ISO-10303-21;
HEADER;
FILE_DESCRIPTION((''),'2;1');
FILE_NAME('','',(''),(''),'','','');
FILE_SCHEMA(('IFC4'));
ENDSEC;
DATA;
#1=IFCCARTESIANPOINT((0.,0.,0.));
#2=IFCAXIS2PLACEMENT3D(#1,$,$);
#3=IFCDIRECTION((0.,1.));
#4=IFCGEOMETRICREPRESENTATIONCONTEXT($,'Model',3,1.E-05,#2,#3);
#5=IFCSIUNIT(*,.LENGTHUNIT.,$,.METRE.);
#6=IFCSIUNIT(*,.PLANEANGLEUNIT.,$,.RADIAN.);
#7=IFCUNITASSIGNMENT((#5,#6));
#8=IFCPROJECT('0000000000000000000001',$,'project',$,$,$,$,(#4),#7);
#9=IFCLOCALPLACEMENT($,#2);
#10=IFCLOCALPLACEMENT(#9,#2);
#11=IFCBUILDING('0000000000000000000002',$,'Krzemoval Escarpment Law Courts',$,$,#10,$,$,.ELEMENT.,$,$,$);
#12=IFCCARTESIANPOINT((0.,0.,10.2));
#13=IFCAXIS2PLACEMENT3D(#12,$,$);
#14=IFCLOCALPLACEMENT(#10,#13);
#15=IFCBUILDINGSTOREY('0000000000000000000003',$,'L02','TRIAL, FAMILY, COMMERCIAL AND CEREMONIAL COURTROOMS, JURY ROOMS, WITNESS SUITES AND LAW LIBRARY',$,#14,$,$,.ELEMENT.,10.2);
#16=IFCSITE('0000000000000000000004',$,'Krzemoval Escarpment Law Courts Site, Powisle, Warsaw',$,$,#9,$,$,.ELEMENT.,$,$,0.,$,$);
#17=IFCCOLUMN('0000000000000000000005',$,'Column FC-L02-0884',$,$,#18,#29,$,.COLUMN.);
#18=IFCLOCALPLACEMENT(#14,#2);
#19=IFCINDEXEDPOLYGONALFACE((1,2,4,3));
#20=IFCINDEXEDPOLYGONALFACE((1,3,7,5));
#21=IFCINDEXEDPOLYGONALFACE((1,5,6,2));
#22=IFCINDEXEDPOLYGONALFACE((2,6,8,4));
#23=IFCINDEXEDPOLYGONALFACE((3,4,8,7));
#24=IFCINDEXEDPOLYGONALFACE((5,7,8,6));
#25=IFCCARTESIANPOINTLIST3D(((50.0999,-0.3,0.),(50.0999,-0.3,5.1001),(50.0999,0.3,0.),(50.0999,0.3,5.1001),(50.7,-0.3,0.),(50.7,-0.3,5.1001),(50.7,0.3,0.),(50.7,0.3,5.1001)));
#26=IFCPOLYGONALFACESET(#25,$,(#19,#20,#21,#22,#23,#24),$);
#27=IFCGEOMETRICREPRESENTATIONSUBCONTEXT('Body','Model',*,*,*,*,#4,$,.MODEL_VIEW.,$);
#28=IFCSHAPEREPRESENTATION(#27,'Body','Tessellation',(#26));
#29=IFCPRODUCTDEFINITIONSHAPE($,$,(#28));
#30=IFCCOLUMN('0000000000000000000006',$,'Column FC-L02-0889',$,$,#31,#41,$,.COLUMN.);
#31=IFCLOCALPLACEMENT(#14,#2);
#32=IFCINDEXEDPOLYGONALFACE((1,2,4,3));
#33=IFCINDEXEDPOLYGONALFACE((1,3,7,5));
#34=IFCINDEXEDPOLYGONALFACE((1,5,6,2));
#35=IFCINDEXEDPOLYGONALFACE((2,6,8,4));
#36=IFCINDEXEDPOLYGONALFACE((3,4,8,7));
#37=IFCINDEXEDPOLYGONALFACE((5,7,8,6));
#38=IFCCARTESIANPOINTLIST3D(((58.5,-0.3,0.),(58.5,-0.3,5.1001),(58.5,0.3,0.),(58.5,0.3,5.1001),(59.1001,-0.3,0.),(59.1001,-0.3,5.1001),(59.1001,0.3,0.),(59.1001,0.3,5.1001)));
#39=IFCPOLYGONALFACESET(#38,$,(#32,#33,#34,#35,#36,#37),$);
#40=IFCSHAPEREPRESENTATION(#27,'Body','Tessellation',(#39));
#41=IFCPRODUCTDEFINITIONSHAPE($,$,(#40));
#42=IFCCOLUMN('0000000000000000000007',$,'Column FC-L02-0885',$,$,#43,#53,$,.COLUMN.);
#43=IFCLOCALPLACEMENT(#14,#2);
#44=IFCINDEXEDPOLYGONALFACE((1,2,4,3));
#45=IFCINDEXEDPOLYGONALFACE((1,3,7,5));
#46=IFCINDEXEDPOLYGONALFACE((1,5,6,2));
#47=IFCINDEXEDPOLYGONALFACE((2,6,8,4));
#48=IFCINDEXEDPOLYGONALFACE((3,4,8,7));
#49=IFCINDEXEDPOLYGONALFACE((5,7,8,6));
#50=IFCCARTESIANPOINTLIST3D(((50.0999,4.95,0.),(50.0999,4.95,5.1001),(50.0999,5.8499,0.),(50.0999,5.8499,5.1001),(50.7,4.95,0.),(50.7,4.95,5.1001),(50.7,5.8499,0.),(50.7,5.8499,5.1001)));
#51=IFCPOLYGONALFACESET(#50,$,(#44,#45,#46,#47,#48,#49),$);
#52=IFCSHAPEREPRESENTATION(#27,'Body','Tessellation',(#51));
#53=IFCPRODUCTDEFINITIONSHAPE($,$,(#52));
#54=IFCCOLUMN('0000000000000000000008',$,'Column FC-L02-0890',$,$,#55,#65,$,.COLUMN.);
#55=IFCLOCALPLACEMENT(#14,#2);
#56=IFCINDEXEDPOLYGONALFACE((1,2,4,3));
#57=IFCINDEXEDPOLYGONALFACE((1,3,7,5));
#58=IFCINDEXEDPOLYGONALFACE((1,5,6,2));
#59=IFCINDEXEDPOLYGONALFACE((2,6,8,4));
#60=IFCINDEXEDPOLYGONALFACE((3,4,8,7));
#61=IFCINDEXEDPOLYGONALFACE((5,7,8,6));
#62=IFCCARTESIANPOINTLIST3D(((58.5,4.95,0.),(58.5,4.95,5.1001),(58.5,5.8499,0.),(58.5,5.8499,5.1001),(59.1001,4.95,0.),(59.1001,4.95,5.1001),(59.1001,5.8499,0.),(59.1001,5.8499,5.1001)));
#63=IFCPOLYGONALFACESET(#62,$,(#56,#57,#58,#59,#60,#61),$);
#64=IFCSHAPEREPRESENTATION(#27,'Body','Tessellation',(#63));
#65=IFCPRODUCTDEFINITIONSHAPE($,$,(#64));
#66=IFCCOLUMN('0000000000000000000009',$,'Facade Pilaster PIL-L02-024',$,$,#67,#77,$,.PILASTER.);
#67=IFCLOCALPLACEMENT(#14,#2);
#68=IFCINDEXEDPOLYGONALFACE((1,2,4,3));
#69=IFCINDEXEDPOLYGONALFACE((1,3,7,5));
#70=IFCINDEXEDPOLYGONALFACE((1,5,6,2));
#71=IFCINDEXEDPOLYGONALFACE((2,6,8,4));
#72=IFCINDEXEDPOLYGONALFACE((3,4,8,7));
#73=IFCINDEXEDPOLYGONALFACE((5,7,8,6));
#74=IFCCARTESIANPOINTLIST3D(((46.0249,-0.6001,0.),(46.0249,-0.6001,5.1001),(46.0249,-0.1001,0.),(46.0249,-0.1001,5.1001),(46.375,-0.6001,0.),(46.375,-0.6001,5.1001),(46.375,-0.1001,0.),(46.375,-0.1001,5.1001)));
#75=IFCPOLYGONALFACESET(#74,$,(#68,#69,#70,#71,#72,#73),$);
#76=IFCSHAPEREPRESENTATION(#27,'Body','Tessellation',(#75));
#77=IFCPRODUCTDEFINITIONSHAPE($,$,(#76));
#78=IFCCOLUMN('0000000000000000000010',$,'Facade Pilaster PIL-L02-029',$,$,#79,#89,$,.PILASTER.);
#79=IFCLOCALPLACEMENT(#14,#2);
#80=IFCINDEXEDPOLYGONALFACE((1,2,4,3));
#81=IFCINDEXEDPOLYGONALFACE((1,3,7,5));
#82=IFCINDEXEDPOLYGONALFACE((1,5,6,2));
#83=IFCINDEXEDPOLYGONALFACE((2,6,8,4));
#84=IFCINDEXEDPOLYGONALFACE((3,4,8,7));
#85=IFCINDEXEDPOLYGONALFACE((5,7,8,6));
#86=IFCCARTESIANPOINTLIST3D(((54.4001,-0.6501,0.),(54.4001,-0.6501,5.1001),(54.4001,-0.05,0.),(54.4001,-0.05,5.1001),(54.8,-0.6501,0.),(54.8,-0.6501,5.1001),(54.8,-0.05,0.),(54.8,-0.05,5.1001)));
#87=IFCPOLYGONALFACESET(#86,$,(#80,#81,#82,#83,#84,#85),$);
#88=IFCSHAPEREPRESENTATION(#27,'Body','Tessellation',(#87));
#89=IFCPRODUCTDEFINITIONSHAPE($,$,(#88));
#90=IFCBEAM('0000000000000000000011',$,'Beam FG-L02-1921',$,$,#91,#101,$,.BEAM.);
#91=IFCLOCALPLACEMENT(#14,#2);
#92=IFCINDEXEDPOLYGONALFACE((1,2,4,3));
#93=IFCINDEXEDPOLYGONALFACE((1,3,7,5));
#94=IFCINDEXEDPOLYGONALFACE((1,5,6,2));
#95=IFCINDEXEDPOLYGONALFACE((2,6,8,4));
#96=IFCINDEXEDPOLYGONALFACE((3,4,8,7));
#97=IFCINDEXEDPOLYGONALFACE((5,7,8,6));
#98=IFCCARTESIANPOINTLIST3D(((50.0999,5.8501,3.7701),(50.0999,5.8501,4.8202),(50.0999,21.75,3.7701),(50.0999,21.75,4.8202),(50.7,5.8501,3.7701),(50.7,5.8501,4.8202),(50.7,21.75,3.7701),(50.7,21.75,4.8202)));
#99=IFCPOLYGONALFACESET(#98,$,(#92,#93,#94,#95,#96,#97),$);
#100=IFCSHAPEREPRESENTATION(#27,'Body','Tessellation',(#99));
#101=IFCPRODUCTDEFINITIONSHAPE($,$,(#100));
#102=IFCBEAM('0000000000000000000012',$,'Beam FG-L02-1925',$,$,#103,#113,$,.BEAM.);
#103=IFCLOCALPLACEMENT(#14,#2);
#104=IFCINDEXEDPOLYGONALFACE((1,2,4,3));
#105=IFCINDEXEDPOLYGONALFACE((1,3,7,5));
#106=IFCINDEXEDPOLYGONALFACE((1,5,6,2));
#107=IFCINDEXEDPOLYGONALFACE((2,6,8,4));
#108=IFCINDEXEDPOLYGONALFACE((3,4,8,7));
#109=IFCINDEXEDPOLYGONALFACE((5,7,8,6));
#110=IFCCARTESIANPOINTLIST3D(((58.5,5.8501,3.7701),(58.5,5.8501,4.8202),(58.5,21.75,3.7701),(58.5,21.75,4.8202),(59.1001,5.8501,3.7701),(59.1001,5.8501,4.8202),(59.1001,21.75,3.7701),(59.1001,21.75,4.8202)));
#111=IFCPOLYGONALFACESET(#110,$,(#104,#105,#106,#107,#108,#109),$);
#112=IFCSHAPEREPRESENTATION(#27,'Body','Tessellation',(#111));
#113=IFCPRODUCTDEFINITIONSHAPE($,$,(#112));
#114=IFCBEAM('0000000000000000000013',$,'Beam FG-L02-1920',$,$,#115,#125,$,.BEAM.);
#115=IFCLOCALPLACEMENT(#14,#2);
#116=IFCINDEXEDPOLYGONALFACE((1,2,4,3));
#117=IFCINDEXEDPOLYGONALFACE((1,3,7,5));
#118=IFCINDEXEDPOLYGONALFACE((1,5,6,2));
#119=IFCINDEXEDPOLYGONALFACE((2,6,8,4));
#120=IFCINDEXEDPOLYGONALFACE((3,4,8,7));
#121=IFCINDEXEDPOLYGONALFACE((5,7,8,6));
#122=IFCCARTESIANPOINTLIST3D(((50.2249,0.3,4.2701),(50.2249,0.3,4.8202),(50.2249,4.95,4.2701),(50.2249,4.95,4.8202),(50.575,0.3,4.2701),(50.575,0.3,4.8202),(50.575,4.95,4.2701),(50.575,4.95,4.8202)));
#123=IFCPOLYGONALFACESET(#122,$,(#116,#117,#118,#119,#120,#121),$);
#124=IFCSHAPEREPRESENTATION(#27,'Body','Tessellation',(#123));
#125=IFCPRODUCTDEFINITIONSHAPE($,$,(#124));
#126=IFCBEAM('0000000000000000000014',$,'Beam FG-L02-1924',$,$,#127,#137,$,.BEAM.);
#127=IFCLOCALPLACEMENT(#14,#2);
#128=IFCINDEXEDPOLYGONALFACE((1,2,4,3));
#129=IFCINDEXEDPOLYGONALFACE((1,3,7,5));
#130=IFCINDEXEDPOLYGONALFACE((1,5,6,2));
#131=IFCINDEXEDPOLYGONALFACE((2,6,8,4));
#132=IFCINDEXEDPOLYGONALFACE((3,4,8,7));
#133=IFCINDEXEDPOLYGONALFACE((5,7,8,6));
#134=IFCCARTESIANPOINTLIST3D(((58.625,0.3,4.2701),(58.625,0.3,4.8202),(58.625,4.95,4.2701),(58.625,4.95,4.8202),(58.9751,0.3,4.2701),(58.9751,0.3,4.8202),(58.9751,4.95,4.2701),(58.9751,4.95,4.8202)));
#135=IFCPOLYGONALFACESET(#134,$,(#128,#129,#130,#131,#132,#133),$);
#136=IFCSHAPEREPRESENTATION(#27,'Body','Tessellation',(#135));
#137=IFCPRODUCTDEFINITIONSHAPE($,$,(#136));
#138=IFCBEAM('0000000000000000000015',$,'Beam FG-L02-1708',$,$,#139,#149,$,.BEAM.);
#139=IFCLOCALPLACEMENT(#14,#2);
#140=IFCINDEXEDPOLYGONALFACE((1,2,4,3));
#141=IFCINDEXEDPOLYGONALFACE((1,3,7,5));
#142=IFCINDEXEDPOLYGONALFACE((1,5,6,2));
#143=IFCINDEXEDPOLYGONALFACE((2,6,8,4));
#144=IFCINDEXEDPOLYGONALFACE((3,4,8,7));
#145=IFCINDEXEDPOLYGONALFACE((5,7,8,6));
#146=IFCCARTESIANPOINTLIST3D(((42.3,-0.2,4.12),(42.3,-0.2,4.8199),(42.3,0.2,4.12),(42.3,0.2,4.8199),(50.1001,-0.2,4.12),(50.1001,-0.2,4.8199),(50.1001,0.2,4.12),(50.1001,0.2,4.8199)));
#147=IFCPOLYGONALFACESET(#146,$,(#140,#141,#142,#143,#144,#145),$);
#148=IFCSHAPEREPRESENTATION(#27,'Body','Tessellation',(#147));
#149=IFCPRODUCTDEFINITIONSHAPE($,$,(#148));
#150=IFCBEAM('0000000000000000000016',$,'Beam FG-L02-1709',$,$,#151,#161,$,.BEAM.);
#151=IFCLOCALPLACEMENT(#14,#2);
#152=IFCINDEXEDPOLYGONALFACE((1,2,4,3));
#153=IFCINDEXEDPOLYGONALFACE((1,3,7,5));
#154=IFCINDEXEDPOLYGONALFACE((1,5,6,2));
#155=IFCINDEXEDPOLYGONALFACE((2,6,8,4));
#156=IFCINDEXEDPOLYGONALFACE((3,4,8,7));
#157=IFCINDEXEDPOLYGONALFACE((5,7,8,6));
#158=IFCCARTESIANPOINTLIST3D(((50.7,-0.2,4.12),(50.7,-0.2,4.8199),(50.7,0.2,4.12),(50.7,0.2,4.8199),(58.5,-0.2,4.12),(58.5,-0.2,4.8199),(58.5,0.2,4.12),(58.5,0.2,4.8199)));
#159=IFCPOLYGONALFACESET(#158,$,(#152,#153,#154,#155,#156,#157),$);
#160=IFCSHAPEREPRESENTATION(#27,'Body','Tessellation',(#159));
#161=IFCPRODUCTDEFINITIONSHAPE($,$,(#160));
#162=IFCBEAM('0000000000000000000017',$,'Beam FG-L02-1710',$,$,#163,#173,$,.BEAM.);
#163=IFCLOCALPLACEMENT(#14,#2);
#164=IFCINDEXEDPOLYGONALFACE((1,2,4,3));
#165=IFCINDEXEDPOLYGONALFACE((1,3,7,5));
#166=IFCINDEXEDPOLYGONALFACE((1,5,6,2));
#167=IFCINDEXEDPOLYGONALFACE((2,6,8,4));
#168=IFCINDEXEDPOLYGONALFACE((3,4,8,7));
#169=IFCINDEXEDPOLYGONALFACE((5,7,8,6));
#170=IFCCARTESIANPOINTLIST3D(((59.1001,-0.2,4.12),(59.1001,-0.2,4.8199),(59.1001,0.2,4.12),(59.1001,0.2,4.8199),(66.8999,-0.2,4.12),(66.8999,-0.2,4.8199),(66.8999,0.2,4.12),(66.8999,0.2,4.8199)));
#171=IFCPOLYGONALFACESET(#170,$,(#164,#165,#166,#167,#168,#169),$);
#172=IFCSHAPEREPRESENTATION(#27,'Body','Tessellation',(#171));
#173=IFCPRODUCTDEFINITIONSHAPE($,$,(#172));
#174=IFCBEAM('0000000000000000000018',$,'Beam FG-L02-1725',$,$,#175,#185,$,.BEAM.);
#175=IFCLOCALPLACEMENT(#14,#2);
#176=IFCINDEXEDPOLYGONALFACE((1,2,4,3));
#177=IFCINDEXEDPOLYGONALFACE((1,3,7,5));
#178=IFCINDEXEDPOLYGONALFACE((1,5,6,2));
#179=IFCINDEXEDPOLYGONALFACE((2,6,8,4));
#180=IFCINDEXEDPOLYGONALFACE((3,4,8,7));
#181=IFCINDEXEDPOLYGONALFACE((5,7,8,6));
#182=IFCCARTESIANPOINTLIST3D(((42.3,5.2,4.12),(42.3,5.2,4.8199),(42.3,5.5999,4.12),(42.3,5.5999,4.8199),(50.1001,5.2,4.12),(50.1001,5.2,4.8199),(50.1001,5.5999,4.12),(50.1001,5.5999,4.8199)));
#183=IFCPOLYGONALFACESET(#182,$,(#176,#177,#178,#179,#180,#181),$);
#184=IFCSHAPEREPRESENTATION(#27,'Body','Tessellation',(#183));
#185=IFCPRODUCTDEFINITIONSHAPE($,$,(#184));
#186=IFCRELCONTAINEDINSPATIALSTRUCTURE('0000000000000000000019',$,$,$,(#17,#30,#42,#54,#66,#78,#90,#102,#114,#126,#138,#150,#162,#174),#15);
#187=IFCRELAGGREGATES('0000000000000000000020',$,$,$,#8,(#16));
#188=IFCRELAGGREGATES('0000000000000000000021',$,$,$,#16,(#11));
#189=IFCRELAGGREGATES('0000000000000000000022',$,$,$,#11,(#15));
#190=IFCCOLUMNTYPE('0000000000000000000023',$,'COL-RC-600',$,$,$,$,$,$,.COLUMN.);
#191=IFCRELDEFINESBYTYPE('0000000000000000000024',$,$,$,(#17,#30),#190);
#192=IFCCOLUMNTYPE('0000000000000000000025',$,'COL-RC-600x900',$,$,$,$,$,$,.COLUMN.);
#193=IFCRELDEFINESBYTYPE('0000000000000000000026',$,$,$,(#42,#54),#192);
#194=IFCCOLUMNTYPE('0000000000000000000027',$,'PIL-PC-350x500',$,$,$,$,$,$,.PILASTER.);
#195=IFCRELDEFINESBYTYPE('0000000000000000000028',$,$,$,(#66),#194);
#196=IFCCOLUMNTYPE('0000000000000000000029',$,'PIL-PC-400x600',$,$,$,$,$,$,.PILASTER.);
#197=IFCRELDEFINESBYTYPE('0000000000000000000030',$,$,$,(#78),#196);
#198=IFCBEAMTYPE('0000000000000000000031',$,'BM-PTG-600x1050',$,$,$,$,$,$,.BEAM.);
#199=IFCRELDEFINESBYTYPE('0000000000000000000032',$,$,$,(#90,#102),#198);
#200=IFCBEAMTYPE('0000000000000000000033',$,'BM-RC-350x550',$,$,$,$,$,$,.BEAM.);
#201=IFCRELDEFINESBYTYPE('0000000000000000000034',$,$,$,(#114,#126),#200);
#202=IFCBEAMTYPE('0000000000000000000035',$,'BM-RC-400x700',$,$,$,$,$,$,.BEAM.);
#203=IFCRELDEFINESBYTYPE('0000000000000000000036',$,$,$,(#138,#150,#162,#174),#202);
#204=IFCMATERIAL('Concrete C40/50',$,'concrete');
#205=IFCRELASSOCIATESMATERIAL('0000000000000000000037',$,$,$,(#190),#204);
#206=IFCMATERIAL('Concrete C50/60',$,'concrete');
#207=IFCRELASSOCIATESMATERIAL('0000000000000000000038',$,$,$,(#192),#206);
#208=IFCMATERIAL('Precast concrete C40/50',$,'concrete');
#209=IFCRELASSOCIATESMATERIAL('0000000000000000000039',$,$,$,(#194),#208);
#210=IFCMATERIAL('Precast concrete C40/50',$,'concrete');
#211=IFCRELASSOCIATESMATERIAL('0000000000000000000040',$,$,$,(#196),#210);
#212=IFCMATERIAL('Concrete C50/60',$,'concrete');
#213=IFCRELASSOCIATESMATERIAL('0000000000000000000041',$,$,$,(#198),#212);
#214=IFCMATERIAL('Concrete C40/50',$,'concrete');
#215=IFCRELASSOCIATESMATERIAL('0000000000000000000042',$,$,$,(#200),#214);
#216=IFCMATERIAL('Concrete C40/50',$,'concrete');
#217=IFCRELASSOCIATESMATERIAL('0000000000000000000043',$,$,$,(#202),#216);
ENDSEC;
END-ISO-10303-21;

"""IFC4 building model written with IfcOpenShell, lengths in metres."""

from ifc_helpers import new_model, si_unit, direction, frame, origin, origin_2d, place, context, subcontext, project, spatial, rectangle, extrude, material, material_profile, profile_set, type_object, element, save


model = new_model("IFC4")

# Units and contexts
model_context = context("Model", 3, precision=1e-05, world=origin(), true_north=direction((0.0, 1.0)))
body_context = subcontext(model_context, "Body", "Model", "MODEL_VIEW")
ifc_project = project(units=[si_unit("LENGTHUNIT", "METRE"), si_unit("PLANEANGLEUNIT", "RADIAN")], contexts=[model_context])

# Site, building, storey
site_placement = place(None, origin())
site = spatial("IfcSite", under=ifc_project, at=site_placement, Name="Krzemoval Escarpment Law Courts Site, Powisle, Warsaw", CompositionType="ELEMENT", RefElevation=0.0)
building_placement = place(site_placement, origin())
building = spatial("IfcBuilding", under=site, at=building_placement, Name="Krzemoval Escarpment Law Courts", CompositionType="ELEMENT")
storey_placement = place(building_placement, frame((0.0, 0.0, 10.2)))
storey = spatial("IfcBuildingStorey", under=building, at=storey_placement, Name="L02", Description="TRIAL, FAMILY, COMMERCIAL AND CEREMONIAL COURTROOMS, JURY ROOMS, WITNESS SUITES AND LAW LIBRARY", CompositionType="ELEMENT", Elevation=10.2)

# Columns
ifc_material_1 = material(Name="Concrete C40/50", Category="concrete")
ifc_material_profile_1 = material_profile(ifc_material_1, rectangle(XDim=0.6001, YDim=0.6001, at=origin_2d()), Name="RC 600x600")
ifc_profile_set_1 = profile_set([ifc_material_profile_1], Name="Concrete C40/50")
column_type_1 = type_object("IfcColumnType", Name="COL-RC-600", PredefinedType="COLUMN", material=ifc_profile_set_1)
for number, where, z_axis, x_axis, name in (
    (1, (50.3999, 0.0, 0.0), (0.0, 0.0, 1.0), (1.0, 0.0, 0.0), "Column FC-L02-0884"),
    (2, (58.8, 0.0, 0.0), (0.0, 0.0, 1.0), (1.0, 0.0, 0.0), "Column FC-L02-0889"),
):
    element("IfcColumn", number, at=place(storey_placement, frame(where, z_axis=z_axis, x_axis=x_axis)), inside=storey, type_object=column_type_1, Name=name, PredefinedType="COLUMN", context=body_context, shape_type="SweptSolid", body=[
        extrude(rectangle(XDim=0.6001, YDim=0.6001, at=origin_2d()), origin(), (0.0, 0.0, 1.0), 5.1001),
    ])
ifc_material_2 = material(Name="Concrete C50/60", Category="concrete")
ifc_material_profile_2 = material_profile(ifc_material_2, rectangle(XDim=0.6001, YDim=0.8999, at=origin_2d()), Name="RC 600x900")
ifc_profile_set_2 = profile_set([ifc_material_profile_2], Name="Concrete C50/60")
column_type_2 = type_object("IfcColumnType", Name="COL-RC-600x900", PredefinedType="COLUMN", material=ifc_profile_set_2)
for number, where, z_axis, x_axis, name in (
    (3, (50.3999, 5.3999, 0.0), (0.0, 0.0, 1.0), (1.0, 0.0, 0.0), "Column FC-L02-0885"),
    (4, (58.8, 5.3999, 0.0), (0.0, 0.0, 1.0), (1.0, 0.0, 0.0), "Column FC-L02-0890"),
):
    element("IfcColumn", number, at=place(storey_placement, frame(where, z_axis=z_axis, x_axis=x_axis)), inside=storey, type_object=column_type_2, Name=name, PredefinedType="COLUMN", context=body_context, shape_type="SweptSolid", body=[
        extrude(rectangle(XDim=0.6001, YDim=0.8999, at=origin_2d()), origin(), (0.0, 0.0, 1.0), 5.1001),
    ])
ifc_material_3 = material(Name="Precast concrete C40/50", Category="concrete")
ifc_material_profile_3 = material_profile(ifc_material_3, rectangle(XDim=0.3501, YDim=0.5, at=origin_2d()), Name="PIL 350x500")
ifc_profile_set_3 = profile_set([ifc_material_profile_3], Name="Precast concrete C40/50")
column_type_3 = type_object("IfcColumnType", Name="PIL-PC-350x500", PredefinedType="PILASTER", material=ifc_profile_set_3)
column_1_placement = place(storey_placement, frame((46.2, -0.3501, 0.0), z_axis=(0.0, 0.0, 1.0), x_axis=(1.0, 0.0, 0.0)))
element("IfcColumn", 5, at=column_1_placement, inside=storey, type_object=column_type_3, Name="Facade Pilaster PIL-L02-024", PredefinedType="PILASTER", context=body_context, shape_type="SweptSolid", body=[
    extrude(rectangle(XDim=0.3501, YDim=0.5, at=origin_2d()), origin(), (0.0, 0.0, 1.0), 5.1001),
])
ifc_material_4 = material(Name="Precast concrete C40/50", Category="concrete")
ifc_material_profile_4 = material_profile(ifc_material_4, rectangle(XDim=0.3999, YDim=0.6001, at=origin_2d()), Name="PIL 400x600")
ifc_profile_set_4 = profile_set([ifc_material_profile_4], Name="Precast concrete C40/50")
column_type_4 = type_object("IfcColumnType", Name="PIL-PC-400x600", PredefinedType="PILASTER", material=ifc_profile_set_4)
column_2_placement = place(storey_placement, frame((54.6001, -0.3501, 0.0), z_axis=(0.0, 0.0, 1.0), x_axis=(1.0, 0.0, 0.0)))
element("IfcColumn", 6, at=column_2_placement, inside=storey, type_object=column_type_4, Name="Facade Pilaster PIL-L02-029", PredefinedType="PILASTER", context=body_context, shape_type="SweptSolid", body=[
    extrude(rectangle(XDim=0.3999, YDim=0.6001, at=origin_2d()), origin(), (0.0, 0.0, 1.0), 5.1001),
])

# Beams
ifc_material_5 = material(Name="Concrete C50/60", Category="concrete")
ifc_material_profile_5 = material_profile(ifc_material_5, rectangle(XDim=0.6001, YDim=1.05, at=origin_2d()), Name="PTG 600x1050")
ifc_profile_set_5 = profile_set([ifc_material_profile_5], Name="Concrete C50/60")
beam_type_1 = type_object("IfcBeamType", Name="BM-PTG-600x1050", PredefinedType="BEAM", material=ifc_profile_set_5)
for number, where, z_axis, x_axis, name in (
    (7, (50.3999, 5.8501, 4.2952), (0.0, 1.0, 0.0), (-1.0, 0.0, 0.0), "Beam FG-L02-1921"),
    (8, (58.8, 5.8501, 4.2952), (0.0, 1.0, 0.0), (-1.0, 0.0, 0.0), "Beam FG-L02-1925"),
):
    element("IfcBeam", number, at=place(storey_placement, frame(where, z_axis=z_axis, x_axis=x_axis)), inside=storey, type_object=beam_type_1, Name=name, PredefinedType="BEAM", context=body_context, shape_type="SweptSolid", body=[
        extrude(rectangle(XDim=0.6001, YDim=1.05, at=origin_2d()), origin(), (0.0, 0.0, 1.0), 15.8999),
    ])
ifc_material_6 = material(Name="Concrete C40/50", Category="concrete")
ifc_material_profile_6 = material_profile(ifc_material_6, rectangle(XDim=0.3501, YDim=0.55, at=origin_2d()), Name="RCB 350x550")
ifc_profile_set_6 = profile_set([ifc_material_profile_6], Name="Concrete C40/50")
beam_type_2 = type_object("IfcBeamType", Name="BM-RC-350x550", PredefinedType="BEAM", material=ifc_profile_set_6)
for number, where, z_axis, x_axis, name in (
    (9, (50.3999, 0.3, 4.5452), (0.0, 1.0, 0.0), (-1.0, 0.0, 0.0), "Beam FG-L02-1920"),
    (10, (58.8, 0.3, 4.5452), (0.0, 1.0, 0.0), (-1.0, 0.0, 0.0), "Beam FG-L02-1924"),
):
    element("IfcBeam", number, at=place(storey_placement, frame(where, z_axis=z_axis, x_axis=x_axis)), inside=storey, type_object=beam_type_2, Name=name, PredefinedType="BEAM", context=body_context, shape_type="SweptSolid", body=[
        extrude(rectangle(XDim=0.3501, YDim=0.55, at=origin_2d()), origin(), (0.0, 0.0, 1.0), 4.6499),
    ])
ifc_material_7 = material(Name="Concrete C40/50", Category="concrete")
ifc_material_profile_7 = material_profile(ifc_material_7, rectangle(XDim=0.3999, YDim=0.7, at=origin_2d()), Name="RCB 400x700")
ifc_profile_set_7 = profile_set([ifc_material_profile_7], Name="Concrete C40/50")
beam_type_3 = type_object("IfcBeamType", Name="BM-RC-400x700", PredefinedType="BEAM", material=ifc_profile_set_7)
for number, where, z_axis, x_axis, name in (
    (11, (42.3, 0.0, 4.47), (1.0, 0.0, 0.0), (0.0, 1.0, 0.0), "Beam FG-L02-1708"),
    (12, (50.7, 0.0, 4.47), (1.0, 0.0, 0.0), (0.0, 1.0, 0.0), "Beam FG-L02-1709"),
):
    element("IfcBeam", number, at=place(storey_placement, frame(where, z_axis=z_axis, x_axis=x_axis)), inside=storey, type_object=beam_type_3, Name=name, PredefinedType="BEAM", context=body_context, shape_type="SweptSolid", body=[
        extrude(rectangle(XDim=0.3999, YDim=0.7, at=origin_2d()), origin(), (0.0, 0.0, 1.0), 7.8),
    ])
beam_1_placement = place(storey_placement, frame((59.1001, 0.0, 4.47), z_axis=(1.0, 0.0, 0.0), x_axis=(0.0, 1.0, 0.0)))
element("IfcBeam", 13, at=beam_1_placement, inside=storey, type_object=beam_type_3, Name="Beam FG-L02-1710", PredefinedType="BEAM", context=body_context, shape_type="SweptSolid", body=[
    extrude(rectangle(XDim=0.3999, YDim=0.7, at=origin_2d()), origin(), (0.0, 0.0, 1.0), 7.7998),
])
for number, where, z_axis, x_axis, name in (
    (14, (42.3, 5.3999, 4.47), (1.0, 0.0, 0.0), (0.0, 1.0, 0.0), "Beam FG-L02-1725"),
):
    element("IfcBeam", number, at=place(storey_placement, frame(where, z_axis=z_axis, x_axis=x_axis)), inside=storey, type_object=beam_type_3, Name=name, PredefinedType="BEAM", context=body_context, shape_type="SweptSolid", body=[
        extrude(rectangle(XDim=0.3999, YDim=0.7, at=origin_2d()), origin(), (0.0, 0.0, 1.0), 7.8),
    ])

save(model, "model.ifc")
